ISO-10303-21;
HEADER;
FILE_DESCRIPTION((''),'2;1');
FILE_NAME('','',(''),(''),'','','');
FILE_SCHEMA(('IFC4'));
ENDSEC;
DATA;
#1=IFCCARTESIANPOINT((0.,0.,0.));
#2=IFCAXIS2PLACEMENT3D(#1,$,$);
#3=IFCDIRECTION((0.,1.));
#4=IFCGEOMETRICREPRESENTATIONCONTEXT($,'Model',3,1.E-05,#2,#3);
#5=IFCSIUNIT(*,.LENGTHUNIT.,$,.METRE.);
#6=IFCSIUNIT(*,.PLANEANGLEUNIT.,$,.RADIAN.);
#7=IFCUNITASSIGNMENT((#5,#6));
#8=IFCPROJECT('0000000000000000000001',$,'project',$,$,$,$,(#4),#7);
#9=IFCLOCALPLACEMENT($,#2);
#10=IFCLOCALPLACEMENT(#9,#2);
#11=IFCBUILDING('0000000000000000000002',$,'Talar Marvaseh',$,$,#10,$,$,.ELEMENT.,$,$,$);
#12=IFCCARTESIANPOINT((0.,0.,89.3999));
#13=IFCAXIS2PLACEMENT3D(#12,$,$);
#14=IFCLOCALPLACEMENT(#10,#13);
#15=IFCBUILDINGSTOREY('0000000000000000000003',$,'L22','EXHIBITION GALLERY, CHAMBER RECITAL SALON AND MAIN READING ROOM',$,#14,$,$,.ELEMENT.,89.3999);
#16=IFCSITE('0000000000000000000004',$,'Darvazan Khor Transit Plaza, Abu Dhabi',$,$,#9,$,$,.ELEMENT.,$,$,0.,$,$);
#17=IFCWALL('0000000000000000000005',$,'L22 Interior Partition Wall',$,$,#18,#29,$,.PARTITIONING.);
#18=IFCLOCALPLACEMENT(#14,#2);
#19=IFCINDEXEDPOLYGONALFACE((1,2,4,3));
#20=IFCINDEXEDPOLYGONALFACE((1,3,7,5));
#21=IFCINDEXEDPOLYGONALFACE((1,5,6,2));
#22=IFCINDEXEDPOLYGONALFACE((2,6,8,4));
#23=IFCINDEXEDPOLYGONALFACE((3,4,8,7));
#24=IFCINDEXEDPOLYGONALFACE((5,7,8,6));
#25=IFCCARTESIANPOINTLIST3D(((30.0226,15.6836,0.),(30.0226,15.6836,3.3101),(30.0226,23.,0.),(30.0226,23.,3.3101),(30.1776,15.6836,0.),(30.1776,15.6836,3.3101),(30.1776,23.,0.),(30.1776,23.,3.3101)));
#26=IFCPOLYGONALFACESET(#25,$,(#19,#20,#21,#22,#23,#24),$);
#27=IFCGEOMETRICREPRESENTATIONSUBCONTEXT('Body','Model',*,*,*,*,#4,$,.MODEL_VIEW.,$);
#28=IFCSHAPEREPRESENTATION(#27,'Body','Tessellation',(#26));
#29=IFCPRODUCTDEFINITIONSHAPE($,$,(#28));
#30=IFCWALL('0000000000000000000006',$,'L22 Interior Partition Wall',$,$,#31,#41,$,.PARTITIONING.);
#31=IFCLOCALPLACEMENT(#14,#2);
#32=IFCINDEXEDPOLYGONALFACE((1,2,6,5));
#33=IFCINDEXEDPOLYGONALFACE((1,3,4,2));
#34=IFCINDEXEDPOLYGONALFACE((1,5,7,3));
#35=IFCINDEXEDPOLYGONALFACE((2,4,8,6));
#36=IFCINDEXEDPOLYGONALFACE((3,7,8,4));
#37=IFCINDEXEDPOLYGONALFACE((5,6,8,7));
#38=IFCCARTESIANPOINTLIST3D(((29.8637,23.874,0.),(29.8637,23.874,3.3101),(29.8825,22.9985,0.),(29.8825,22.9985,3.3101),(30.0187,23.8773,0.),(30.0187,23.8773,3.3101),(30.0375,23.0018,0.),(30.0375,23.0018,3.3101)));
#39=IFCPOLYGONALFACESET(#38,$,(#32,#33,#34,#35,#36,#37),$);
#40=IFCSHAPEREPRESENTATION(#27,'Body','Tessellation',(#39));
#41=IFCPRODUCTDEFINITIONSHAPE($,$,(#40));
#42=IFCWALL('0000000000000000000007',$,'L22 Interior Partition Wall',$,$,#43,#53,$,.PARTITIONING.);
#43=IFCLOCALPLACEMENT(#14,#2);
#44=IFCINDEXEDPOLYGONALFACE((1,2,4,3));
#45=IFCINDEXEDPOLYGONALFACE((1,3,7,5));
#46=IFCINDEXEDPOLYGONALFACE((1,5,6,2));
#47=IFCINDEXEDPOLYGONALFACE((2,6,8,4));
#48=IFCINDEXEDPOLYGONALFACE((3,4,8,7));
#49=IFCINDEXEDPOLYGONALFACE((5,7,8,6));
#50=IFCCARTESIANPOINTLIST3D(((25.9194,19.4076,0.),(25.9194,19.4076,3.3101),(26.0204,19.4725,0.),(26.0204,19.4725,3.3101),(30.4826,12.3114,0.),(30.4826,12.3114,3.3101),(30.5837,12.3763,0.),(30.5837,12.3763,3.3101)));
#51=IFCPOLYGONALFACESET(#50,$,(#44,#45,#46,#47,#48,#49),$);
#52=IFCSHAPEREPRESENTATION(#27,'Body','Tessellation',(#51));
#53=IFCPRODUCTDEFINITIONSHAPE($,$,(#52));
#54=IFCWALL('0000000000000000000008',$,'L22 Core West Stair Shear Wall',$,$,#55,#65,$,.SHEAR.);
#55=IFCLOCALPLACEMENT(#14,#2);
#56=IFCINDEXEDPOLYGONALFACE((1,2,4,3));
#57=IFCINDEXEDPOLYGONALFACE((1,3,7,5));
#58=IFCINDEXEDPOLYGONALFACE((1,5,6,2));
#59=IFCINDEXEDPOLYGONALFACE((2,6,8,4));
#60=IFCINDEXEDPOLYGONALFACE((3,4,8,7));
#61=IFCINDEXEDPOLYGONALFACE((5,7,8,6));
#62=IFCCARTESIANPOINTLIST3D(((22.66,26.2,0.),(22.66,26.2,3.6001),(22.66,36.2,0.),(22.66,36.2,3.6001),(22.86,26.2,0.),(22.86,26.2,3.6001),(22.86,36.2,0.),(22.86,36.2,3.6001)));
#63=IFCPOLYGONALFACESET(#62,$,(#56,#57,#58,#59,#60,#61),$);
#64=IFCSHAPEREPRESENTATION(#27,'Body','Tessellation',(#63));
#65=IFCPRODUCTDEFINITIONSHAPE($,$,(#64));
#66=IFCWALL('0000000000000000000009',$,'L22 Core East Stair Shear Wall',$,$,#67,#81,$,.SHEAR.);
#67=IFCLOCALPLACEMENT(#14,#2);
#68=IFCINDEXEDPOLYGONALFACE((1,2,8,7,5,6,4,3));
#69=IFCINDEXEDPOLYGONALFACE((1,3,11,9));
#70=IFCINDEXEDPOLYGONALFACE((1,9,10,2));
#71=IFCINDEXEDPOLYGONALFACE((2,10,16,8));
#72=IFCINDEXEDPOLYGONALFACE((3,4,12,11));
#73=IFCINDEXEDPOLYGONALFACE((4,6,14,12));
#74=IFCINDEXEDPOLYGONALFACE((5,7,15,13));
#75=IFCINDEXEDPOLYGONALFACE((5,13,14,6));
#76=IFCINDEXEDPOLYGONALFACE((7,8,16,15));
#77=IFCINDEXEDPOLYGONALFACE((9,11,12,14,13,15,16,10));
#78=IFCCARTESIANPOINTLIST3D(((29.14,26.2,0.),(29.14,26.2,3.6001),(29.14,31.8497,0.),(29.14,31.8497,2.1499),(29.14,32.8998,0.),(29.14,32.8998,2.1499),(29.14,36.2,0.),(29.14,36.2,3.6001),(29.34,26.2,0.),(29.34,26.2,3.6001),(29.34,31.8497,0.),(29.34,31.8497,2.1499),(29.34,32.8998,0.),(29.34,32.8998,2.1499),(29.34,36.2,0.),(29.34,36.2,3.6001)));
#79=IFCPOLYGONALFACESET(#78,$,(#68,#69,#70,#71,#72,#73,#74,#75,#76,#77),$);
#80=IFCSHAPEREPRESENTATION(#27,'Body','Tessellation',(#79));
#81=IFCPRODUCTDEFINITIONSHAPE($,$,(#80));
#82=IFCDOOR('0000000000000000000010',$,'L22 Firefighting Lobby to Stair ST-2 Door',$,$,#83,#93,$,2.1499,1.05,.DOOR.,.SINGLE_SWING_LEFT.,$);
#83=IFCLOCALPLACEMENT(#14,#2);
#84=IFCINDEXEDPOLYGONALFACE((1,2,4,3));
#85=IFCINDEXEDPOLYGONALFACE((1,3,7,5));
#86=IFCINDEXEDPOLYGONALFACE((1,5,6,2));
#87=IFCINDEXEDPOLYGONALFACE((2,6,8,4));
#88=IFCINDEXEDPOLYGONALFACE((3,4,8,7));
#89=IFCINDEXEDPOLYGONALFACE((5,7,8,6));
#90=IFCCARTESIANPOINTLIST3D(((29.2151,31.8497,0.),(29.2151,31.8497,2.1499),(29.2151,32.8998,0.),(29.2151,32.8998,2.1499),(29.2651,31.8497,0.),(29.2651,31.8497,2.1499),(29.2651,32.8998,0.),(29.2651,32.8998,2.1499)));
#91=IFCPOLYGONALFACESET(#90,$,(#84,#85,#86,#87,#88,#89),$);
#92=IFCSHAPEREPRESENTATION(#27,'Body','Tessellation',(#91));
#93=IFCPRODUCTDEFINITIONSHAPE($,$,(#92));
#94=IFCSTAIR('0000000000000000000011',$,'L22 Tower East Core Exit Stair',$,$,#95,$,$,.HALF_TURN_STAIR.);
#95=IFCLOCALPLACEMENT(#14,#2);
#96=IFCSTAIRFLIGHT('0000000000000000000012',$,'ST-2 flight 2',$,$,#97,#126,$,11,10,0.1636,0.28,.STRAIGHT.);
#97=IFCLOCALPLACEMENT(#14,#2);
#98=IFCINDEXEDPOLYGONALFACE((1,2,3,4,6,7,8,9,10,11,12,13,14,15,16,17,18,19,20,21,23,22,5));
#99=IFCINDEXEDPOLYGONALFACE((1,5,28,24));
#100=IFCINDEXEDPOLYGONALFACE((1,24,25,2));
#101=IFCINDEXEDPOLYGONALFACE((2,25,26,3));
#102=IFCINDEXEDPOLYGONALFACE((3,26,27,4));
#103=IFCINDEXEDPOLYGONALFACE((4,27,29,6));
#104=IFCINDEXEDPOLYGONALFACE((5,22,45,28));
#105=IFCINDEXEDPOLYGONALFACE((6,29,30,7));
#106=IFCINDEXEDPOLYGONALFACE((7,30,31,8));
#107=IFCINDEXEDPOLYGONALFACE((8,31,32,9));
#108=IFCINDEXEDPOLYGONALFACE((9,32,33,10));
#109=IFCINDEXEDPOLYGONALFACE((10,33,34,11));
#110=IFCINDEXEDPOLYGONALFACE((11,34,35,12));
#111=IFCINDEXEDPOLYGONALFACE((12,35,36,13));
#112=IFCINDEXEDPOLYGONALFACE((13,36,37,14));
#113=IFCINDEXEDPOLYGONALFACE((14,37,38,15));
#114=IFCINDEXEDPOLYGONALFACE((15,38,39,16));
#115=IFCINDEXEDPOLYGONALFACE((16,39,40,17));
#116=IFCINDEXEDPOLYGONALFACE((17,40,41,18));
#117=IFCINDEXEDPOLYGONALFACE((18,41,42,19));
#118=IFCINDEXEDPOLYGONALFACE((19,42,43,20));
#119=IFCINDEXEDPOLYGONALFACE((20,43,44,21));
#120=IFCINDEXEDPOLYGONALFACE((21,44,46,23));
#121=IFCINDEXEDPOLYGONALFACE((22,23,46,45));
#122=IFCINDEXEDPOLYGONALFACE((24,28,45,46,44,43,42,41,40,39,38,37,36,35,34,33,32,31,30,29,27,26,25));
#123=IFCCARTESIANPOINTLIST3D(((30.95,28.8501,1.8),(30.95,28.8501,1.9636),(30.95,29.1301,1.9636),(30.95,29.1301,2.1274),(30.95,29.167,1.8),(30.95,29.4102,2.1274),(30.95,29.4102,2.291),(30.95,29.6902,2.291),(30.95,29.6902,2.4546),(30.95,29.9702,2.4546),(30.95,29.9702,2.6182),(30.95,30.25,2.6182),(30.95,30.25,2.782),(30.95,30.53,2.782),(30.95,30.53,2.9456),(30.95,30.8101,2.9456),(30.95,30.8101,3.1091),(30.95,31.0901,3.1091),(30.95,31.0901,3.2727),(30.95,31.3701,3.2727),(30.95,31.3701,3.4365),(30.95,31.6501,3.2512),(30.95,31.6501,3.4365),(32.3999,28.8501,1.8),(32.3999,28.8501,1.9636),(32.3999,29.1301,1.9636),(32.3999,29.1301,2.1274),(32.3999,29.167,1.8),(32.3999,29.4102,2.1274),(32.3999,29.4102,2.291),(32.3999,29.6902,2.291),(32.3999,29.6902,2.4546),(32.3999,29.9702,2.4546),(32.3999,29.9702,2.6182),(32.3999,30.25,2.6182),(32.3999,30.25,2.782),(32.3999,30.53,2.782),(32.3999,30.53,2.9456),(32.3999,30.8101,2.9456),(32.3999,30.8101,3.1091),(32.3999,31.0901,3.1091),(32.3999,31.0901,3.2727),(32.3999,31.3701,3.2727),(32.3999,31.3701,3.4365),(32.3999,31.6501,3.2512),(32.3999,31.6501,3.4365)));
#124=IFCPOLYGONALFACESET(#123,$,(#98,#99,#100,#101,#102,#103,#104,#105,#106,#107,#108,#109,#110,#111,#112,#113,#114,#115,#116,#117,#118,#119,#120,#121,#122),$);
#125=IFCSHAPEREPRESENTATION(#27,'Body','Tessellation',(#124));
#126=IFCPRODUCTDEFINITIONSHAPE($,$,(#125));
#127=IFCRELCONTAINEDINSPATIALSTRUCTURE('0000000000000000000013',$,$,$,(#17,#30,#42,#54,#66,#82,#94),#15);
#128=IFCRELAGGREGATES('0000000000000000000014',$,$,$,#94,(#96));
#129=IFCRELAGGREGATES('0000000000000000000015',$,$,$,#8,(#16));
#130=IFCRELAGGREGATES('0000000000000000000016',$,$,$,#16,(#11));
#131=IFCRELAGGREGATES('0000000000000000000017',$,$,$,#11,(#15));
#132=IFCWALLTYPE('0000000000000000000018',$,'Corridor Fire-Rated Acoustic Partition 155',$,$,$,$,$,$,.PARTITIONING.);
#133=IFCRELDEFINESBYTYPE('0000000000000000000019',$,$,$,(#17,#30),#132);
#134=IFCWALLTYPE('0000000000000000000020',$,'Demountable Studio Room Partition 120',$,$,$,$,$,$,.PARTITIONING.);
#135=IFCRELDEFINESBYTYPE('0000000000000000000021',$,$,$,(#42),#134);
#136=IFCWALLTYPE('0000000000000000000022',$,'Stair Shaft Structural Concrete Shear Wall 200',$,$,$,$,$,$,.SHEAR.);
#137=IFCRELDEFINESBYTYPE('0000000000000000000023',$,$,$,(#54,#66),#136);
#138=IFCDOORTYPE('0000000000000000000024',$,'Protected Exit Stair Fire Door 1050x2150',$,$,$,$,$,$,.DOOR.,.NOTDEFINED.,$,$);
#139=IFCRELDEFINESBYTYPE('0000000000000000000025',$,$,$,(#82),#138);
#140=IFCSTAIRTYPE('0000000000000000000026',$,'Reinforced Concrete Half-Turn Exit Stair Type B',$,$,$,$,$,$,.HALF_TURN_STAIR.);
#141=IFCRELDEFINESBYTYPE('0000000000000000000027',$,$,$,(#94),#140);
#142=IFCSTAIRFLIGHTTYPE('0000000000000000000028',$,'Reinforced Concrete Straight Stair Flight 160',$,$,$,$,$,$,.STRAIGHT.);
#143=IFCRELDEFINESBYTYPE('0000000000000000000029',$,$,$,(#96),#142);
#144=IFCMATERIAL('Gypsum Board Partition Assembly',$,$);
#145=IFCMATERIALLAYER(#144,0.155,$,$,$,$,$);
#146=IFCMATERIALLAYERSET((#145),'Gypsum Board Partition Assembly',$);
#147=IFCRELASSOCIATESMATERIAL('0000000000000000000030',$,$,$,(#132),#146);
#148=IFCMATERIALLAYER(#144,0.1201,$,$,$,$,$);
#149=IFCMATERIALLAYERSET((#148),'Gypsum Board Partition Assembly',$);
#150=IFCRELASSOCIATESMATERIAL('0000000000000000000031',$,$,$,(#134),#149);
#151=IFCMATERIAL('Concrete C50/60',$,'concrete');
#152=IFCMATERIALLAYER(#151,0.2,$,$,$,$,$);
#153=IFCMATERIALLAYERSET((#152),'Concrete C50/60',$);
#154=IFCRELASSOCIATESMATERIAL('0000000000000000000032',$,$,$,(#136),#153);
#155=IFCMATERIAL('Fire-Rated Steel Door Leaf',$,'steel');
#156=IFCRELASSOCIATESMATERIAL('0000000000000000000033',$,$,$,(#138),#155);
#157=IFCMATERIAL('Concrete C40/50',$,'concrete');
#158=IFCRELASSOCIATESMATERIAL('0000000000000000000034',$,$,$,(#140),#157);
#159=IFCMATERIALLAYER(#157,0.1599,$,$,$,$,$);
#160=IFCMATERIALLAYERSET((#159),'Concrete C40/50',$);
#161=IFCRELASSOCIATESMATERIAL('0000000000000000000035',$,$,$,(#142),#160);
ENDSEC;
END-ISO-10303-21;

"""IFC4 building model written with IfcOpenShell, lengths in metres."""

from ifc_helpers import new_model, si_unit, direction, frame, frame_2d, origin, place, context, subcontext, project, spatial, polyline, rectangle, outline, extrude, source, transform, mapped, material, layer, layer_set, type_object, type_shapes, element, fill, aggregate, save


model = new_model("IFC4")

# Units and contexts
model_context = context("Model", 3, precision=1e-05, world=origin(), true_north=direction((0.0, 1.0)))
body_context = subcontext(model_context, "Body", "Model", "MODEL_VIEW")
ifc_project = project(units=[si_unit("LENGTHUNIT", "METRE"), si_unit("PLANEANGLEUNIT", "RADIAN")], contexts=[model_context])

# Site, building, storey
site_placement = place(None, origin())
site = spatial("IfcSite", under=ifc_project, at=site_placement, Name="Darvazan Khor Transit Plaza, Abu Dhabi", CompositionType="ELEMENT", RefElevation=0.0)
building_placement = place(site_placement, origin())
building = spatial("IfcBuilding", under=site, at=building_placement, Name="Talar Marvaseh", CompositionType="ELEMENT")
storey_placement = place(building_placement, frame((0.0, 0.0, 89.3999)))
storey = spatial("IfcBuildingStorey", under=building, at=storey_placement, Name="L22", Description="EXHIBITION GALLERY, CHAMBER RECITAL SALON AND MAIN READING ROOM", CompositionType="ELEMENT", Elevation=89.3999)

# Shared definitions
ifc_material_1 = material(Name="Concrete C40/50", Category="concrete")

# Shared definitions
ifc_material_2 = material(Name="Gypsum Board Partition Assembly")
ifc_layer_1 = layer(ifc_material_2, 0.155)
ifc_layer_set_1 = layer_set([ifc_layer_1], Name="Gypsum Board Partition Assembly")
wall_type_1 = type_object("IfcWallType", Name="Corridor Fire-Rated Acoustic Partition 155", PredefinedType="PARTITIONING", material=ifc_layer_set_1)
ifc_material_3 = material(Name="Fire-Rated Steel Door Leaf", Category="steel")

# Walls
wall_1_placement = place(storey_placement, frame((30.1001, 15.6836, 0.0), z_axis=(0.0, 0.0, 1.0), x_axis=(0.0, 1.0, 0.0)))
element("IfcWall", 1, at=wall_1_placement, inside=storey, type_object=wall_type_1, Name="L22 Interior Partition Wall", PredefinedType="PARTITIONING", context=body_context, shape_type="SweptSolid", body=[
    extrude(rectangle(XDim=7.3164, YDim=0.155, at=frame_2d((3.6582, 0.0))), origin(), (0.0, 0.0, 1.0), 3.3101),
])
wall_2_placement = place(storey_placement, frame((29.96, 23.0, 0.0), z_axis=(0.0, 0.0, 1.0), x_axis=(-0.021467, 0.99977, 0.0)))
element("IfcWall", 2, at=wall_2_placement, inside=storey, type_object=wall_type_1, Name="L22 Interior Partition Wall", PredefinedType="PARTITIONING", context=body_context, shape_type="SweptSolid", body=[
    extrude(rectangle(XDim=0.8757, YDim=0.155, at=frame_2d((0.438, 0.0))), origin(), (0.0, 0.0, 1.0), 3.3101),
])
ifc_layer_2 = layer(ifc_material_2, 0.1201)
ifc_layer_set_2 = layer_set([ifc_layer_2], Name="Gypsum Board Partition Assembly")
wall_type_2 = type_object("IfcWallType", Name="Demountable Studio Room Partition 120", PredefinedType="PARTITIONING", material=ifc_layer_set_2)
wall_3_placement = place(storey_placement, frame((25.97, 19.4399, 0.0), z_axis=(0.0, 0.0, 1.0), x_axis=(0.540875, -0.841103, 0.0)))
element("IfcWall", 3, at=wall_3_placement, inside=storey, type_object=wall_type_2, Name="L22 Interior Partition Wall", PredefinedType="PARTITIONING", context=body_context, shape_type="SweptSolid", body=[
    extrude(rectangle(XDim=8.4368, YDim=0.1201, at=frame_2d((4.2183, 0.0))), origin(), (0.0, 0.0, 1.0), 3.3101),
])
ifc_material_4 = material(Name="Concrete C50/60", Category="concrete")
ifc_layer_3 = layer(ifc_material_4, 0.2)
ifc_layer_set_3 = layer_set([ifc_layer_3], Name="Concrete C50/60")
wall_type_3 = type_object("IfcWallType", Name="Stair Shaft Structural Concrete Shear Wall 200", PredefinedType="SHEAR", material=ifc_layer_set_3)
wall_4_placement = place(storey_placement, frame((22.76, 26.2, 0.0), z_axis=(0.0, 0.0, 1.0), x_axis=(0.0, 1.0, 0.0)))
element("IfcWall", 4, at=wall_4_placement, inside=storey, type_object=wall_type_3, Name="L22 Core West Stair Shear Wall", PredefinedType="SHEAR", context=body_context, shape_type="SweptSolid", body=[
    extrude(rectangle(XDim=10.0, YDim=0.2, at=frame_2d((5.0, 0.0))), origin(), (0.0, 0.0, 1.0), 3.6001),
])

# Wall, opening, door
wall_5_placement = place(storey_placement, frame((29.24, 26.2, 0.0), z_axis=(0.0, 0.0, 1.0), x_axis=(0.0, 1.0, 0.0)))
wall_5 = element("IfcWall", 5, at=wall_5_placement, inside=storey, type_object=wall_type_3, Name="L22 Core East Stair Shear Wall", PredefinedType="SHEAR", context=body_context, shape_type="SweptSolid", body=[
    extrude(rectangle(XDim=10.0, YDim=0.2, at=frame_2d((5.0, 0.0))), origin(), (0.0, 0.0, 1.0), 3.6001),
])
opening_1_placement = place(wall_5_placement, frame((5.6499, 0.0, 0.0)))
opening_1 = element("IfcOpeningElement", 6, at=opening_1_placement, cuts=wall_5, PredefinedType="OPENING", context=body_context, shape_type="SweptSolid", body=[
    extrude(rectangle(XDim=1.05, YDim=2.1499, at=frame_2d((0.5249, 1.075))), frame((0.0, 0.1099, 0.0), z_axis=(0.0, -1.0, 0.0), x_axis=(1.0, 0.0, 0.0)), (0.0, 0.0, 1.0), 0.22),
])
door_type_1 = type_object("IfcDoorType", Name="Protected Exit Stair Fire Door 1050x2150", OperationType="NOTDEFINED", PredefinedType="DOOR", material=ifc_material_3)
shared_shape_1 = source(origin(), body_context, "Body", "SweptSolid", [
    extrude(rectangle(XDim=1.05, YDim=2.1499, at=frame_2d((0.5249, 1.075))), frame((0.0, 0.0249, 0.0), z_axis=(0.0, -1.0, 0.0), x_axis=(1.0, 0.0, 0.0)), (0.0, 0.0, 1.0), 0.05),
])
type_shapes(door_type_1, [shared_shape_1])
door_1_placement = place(opening_1_placement, origin())
door_1 = element("IfcDoor", 7, at=door_1_placement, inside=storey, type_object=door_type_1, Name="L22 Firefighting Lobby to Stair ST-2 Door", OperationType="SINGLE_SWING_LEFT", OverallHeight=2.1499, OverallWidth=1.05, PredefinedType="DOOR", context=body_context, shape_type="MappedRepresentation", body=[
    mapped(shared_shape_1, transform((0.0, 0.0, 0.0), x_axis=(1.0, 0.0, 0.0), y_axis=(0.0, 1.0, 0.0), z_axis=(0.0, 0.0, 1.0), scale=1.0)),
])
fill(opening_1, door_1)

# Stair, stair flight
stair_type = type_object("IfcStairType", Name="Reinforced Concrete Half-Turn Exit Stair Type B", PredefinedType="HALF_TURN_STAIR", material=ifc_material_1)
stair_placement = place(storey_placement, origin())
stair = element("IfcStair", 8, at=stair_placement, inside=storey, type_object=stair_type, Name="L22 Tower East Core Exit Stair", PredefinedType="HALF_TURN_STAIR")
ifc_layer_4 = layer(ifc_material_1, 0.1599)
ifc_layer_set_4 = layer_set([ifc_layer_4], Name="Concrete C40/50")
stair_flight_type = type_object("IfcStairFlightType", Name="Reinforced Concrete Straight Stair Flight 160", PredefinedType="STRAIGHT", material=ifc_layer_set_4)
stair_flight_placement = place(storey_placement, frame((31.675, 28.8501, 1.8), z_axis=(0.0, 0.0, 1.0), x_axis=(0.0, 1.0, 0.0)))
stair_flight = element("IfcStairFlight", 9, at=stair_flight_placement, type_object=stair_flight_type, Name="ST-2 flight 2", NumberOfRisers=11, NumberOfTreads=10, PredefinedType="STRAIGHT", RiserHeight=0.1636, TreadLength=0.28, context=body_context, shape_type="SweptSolid", body=[
    extrude(outline(polyline([(0.0, 0.0), (0.0, 0.1636), (0.28, 0.1636), (0.28, 0.3274), (0.5601, 0.3274), (0.5601, 0.491), (0.8401, 0.491), (0.8401, 0.6545), (1.1201, 0.6545), (1.1201, 0.8181), (1.3999, 0.8181), (1.3999, 0.9819), (1.6799, 0.9819), (1.6799, 1.1455), (1.96, 1.1455), (1.96, 1.3091), (2.24, 1.3091), (2.24, 1.4727), (2.52, 1.4727), (2.52, 1.6365), (2.8, 1.6365), (2.8, 1.8), (2.8, 1.4512), (0.3169, 0.0), (0.0, 0.0)])), frame((0.0, 0.7251, 0.0), z_axis=(0.0, -1.0, 0.0), x_axis=(1.0, 0.0, 0.0)), (0.0, 0.0, 1.0), 1.45),
])
aggregate(stair, [stair_flight])

save(model, "model.ifc")
